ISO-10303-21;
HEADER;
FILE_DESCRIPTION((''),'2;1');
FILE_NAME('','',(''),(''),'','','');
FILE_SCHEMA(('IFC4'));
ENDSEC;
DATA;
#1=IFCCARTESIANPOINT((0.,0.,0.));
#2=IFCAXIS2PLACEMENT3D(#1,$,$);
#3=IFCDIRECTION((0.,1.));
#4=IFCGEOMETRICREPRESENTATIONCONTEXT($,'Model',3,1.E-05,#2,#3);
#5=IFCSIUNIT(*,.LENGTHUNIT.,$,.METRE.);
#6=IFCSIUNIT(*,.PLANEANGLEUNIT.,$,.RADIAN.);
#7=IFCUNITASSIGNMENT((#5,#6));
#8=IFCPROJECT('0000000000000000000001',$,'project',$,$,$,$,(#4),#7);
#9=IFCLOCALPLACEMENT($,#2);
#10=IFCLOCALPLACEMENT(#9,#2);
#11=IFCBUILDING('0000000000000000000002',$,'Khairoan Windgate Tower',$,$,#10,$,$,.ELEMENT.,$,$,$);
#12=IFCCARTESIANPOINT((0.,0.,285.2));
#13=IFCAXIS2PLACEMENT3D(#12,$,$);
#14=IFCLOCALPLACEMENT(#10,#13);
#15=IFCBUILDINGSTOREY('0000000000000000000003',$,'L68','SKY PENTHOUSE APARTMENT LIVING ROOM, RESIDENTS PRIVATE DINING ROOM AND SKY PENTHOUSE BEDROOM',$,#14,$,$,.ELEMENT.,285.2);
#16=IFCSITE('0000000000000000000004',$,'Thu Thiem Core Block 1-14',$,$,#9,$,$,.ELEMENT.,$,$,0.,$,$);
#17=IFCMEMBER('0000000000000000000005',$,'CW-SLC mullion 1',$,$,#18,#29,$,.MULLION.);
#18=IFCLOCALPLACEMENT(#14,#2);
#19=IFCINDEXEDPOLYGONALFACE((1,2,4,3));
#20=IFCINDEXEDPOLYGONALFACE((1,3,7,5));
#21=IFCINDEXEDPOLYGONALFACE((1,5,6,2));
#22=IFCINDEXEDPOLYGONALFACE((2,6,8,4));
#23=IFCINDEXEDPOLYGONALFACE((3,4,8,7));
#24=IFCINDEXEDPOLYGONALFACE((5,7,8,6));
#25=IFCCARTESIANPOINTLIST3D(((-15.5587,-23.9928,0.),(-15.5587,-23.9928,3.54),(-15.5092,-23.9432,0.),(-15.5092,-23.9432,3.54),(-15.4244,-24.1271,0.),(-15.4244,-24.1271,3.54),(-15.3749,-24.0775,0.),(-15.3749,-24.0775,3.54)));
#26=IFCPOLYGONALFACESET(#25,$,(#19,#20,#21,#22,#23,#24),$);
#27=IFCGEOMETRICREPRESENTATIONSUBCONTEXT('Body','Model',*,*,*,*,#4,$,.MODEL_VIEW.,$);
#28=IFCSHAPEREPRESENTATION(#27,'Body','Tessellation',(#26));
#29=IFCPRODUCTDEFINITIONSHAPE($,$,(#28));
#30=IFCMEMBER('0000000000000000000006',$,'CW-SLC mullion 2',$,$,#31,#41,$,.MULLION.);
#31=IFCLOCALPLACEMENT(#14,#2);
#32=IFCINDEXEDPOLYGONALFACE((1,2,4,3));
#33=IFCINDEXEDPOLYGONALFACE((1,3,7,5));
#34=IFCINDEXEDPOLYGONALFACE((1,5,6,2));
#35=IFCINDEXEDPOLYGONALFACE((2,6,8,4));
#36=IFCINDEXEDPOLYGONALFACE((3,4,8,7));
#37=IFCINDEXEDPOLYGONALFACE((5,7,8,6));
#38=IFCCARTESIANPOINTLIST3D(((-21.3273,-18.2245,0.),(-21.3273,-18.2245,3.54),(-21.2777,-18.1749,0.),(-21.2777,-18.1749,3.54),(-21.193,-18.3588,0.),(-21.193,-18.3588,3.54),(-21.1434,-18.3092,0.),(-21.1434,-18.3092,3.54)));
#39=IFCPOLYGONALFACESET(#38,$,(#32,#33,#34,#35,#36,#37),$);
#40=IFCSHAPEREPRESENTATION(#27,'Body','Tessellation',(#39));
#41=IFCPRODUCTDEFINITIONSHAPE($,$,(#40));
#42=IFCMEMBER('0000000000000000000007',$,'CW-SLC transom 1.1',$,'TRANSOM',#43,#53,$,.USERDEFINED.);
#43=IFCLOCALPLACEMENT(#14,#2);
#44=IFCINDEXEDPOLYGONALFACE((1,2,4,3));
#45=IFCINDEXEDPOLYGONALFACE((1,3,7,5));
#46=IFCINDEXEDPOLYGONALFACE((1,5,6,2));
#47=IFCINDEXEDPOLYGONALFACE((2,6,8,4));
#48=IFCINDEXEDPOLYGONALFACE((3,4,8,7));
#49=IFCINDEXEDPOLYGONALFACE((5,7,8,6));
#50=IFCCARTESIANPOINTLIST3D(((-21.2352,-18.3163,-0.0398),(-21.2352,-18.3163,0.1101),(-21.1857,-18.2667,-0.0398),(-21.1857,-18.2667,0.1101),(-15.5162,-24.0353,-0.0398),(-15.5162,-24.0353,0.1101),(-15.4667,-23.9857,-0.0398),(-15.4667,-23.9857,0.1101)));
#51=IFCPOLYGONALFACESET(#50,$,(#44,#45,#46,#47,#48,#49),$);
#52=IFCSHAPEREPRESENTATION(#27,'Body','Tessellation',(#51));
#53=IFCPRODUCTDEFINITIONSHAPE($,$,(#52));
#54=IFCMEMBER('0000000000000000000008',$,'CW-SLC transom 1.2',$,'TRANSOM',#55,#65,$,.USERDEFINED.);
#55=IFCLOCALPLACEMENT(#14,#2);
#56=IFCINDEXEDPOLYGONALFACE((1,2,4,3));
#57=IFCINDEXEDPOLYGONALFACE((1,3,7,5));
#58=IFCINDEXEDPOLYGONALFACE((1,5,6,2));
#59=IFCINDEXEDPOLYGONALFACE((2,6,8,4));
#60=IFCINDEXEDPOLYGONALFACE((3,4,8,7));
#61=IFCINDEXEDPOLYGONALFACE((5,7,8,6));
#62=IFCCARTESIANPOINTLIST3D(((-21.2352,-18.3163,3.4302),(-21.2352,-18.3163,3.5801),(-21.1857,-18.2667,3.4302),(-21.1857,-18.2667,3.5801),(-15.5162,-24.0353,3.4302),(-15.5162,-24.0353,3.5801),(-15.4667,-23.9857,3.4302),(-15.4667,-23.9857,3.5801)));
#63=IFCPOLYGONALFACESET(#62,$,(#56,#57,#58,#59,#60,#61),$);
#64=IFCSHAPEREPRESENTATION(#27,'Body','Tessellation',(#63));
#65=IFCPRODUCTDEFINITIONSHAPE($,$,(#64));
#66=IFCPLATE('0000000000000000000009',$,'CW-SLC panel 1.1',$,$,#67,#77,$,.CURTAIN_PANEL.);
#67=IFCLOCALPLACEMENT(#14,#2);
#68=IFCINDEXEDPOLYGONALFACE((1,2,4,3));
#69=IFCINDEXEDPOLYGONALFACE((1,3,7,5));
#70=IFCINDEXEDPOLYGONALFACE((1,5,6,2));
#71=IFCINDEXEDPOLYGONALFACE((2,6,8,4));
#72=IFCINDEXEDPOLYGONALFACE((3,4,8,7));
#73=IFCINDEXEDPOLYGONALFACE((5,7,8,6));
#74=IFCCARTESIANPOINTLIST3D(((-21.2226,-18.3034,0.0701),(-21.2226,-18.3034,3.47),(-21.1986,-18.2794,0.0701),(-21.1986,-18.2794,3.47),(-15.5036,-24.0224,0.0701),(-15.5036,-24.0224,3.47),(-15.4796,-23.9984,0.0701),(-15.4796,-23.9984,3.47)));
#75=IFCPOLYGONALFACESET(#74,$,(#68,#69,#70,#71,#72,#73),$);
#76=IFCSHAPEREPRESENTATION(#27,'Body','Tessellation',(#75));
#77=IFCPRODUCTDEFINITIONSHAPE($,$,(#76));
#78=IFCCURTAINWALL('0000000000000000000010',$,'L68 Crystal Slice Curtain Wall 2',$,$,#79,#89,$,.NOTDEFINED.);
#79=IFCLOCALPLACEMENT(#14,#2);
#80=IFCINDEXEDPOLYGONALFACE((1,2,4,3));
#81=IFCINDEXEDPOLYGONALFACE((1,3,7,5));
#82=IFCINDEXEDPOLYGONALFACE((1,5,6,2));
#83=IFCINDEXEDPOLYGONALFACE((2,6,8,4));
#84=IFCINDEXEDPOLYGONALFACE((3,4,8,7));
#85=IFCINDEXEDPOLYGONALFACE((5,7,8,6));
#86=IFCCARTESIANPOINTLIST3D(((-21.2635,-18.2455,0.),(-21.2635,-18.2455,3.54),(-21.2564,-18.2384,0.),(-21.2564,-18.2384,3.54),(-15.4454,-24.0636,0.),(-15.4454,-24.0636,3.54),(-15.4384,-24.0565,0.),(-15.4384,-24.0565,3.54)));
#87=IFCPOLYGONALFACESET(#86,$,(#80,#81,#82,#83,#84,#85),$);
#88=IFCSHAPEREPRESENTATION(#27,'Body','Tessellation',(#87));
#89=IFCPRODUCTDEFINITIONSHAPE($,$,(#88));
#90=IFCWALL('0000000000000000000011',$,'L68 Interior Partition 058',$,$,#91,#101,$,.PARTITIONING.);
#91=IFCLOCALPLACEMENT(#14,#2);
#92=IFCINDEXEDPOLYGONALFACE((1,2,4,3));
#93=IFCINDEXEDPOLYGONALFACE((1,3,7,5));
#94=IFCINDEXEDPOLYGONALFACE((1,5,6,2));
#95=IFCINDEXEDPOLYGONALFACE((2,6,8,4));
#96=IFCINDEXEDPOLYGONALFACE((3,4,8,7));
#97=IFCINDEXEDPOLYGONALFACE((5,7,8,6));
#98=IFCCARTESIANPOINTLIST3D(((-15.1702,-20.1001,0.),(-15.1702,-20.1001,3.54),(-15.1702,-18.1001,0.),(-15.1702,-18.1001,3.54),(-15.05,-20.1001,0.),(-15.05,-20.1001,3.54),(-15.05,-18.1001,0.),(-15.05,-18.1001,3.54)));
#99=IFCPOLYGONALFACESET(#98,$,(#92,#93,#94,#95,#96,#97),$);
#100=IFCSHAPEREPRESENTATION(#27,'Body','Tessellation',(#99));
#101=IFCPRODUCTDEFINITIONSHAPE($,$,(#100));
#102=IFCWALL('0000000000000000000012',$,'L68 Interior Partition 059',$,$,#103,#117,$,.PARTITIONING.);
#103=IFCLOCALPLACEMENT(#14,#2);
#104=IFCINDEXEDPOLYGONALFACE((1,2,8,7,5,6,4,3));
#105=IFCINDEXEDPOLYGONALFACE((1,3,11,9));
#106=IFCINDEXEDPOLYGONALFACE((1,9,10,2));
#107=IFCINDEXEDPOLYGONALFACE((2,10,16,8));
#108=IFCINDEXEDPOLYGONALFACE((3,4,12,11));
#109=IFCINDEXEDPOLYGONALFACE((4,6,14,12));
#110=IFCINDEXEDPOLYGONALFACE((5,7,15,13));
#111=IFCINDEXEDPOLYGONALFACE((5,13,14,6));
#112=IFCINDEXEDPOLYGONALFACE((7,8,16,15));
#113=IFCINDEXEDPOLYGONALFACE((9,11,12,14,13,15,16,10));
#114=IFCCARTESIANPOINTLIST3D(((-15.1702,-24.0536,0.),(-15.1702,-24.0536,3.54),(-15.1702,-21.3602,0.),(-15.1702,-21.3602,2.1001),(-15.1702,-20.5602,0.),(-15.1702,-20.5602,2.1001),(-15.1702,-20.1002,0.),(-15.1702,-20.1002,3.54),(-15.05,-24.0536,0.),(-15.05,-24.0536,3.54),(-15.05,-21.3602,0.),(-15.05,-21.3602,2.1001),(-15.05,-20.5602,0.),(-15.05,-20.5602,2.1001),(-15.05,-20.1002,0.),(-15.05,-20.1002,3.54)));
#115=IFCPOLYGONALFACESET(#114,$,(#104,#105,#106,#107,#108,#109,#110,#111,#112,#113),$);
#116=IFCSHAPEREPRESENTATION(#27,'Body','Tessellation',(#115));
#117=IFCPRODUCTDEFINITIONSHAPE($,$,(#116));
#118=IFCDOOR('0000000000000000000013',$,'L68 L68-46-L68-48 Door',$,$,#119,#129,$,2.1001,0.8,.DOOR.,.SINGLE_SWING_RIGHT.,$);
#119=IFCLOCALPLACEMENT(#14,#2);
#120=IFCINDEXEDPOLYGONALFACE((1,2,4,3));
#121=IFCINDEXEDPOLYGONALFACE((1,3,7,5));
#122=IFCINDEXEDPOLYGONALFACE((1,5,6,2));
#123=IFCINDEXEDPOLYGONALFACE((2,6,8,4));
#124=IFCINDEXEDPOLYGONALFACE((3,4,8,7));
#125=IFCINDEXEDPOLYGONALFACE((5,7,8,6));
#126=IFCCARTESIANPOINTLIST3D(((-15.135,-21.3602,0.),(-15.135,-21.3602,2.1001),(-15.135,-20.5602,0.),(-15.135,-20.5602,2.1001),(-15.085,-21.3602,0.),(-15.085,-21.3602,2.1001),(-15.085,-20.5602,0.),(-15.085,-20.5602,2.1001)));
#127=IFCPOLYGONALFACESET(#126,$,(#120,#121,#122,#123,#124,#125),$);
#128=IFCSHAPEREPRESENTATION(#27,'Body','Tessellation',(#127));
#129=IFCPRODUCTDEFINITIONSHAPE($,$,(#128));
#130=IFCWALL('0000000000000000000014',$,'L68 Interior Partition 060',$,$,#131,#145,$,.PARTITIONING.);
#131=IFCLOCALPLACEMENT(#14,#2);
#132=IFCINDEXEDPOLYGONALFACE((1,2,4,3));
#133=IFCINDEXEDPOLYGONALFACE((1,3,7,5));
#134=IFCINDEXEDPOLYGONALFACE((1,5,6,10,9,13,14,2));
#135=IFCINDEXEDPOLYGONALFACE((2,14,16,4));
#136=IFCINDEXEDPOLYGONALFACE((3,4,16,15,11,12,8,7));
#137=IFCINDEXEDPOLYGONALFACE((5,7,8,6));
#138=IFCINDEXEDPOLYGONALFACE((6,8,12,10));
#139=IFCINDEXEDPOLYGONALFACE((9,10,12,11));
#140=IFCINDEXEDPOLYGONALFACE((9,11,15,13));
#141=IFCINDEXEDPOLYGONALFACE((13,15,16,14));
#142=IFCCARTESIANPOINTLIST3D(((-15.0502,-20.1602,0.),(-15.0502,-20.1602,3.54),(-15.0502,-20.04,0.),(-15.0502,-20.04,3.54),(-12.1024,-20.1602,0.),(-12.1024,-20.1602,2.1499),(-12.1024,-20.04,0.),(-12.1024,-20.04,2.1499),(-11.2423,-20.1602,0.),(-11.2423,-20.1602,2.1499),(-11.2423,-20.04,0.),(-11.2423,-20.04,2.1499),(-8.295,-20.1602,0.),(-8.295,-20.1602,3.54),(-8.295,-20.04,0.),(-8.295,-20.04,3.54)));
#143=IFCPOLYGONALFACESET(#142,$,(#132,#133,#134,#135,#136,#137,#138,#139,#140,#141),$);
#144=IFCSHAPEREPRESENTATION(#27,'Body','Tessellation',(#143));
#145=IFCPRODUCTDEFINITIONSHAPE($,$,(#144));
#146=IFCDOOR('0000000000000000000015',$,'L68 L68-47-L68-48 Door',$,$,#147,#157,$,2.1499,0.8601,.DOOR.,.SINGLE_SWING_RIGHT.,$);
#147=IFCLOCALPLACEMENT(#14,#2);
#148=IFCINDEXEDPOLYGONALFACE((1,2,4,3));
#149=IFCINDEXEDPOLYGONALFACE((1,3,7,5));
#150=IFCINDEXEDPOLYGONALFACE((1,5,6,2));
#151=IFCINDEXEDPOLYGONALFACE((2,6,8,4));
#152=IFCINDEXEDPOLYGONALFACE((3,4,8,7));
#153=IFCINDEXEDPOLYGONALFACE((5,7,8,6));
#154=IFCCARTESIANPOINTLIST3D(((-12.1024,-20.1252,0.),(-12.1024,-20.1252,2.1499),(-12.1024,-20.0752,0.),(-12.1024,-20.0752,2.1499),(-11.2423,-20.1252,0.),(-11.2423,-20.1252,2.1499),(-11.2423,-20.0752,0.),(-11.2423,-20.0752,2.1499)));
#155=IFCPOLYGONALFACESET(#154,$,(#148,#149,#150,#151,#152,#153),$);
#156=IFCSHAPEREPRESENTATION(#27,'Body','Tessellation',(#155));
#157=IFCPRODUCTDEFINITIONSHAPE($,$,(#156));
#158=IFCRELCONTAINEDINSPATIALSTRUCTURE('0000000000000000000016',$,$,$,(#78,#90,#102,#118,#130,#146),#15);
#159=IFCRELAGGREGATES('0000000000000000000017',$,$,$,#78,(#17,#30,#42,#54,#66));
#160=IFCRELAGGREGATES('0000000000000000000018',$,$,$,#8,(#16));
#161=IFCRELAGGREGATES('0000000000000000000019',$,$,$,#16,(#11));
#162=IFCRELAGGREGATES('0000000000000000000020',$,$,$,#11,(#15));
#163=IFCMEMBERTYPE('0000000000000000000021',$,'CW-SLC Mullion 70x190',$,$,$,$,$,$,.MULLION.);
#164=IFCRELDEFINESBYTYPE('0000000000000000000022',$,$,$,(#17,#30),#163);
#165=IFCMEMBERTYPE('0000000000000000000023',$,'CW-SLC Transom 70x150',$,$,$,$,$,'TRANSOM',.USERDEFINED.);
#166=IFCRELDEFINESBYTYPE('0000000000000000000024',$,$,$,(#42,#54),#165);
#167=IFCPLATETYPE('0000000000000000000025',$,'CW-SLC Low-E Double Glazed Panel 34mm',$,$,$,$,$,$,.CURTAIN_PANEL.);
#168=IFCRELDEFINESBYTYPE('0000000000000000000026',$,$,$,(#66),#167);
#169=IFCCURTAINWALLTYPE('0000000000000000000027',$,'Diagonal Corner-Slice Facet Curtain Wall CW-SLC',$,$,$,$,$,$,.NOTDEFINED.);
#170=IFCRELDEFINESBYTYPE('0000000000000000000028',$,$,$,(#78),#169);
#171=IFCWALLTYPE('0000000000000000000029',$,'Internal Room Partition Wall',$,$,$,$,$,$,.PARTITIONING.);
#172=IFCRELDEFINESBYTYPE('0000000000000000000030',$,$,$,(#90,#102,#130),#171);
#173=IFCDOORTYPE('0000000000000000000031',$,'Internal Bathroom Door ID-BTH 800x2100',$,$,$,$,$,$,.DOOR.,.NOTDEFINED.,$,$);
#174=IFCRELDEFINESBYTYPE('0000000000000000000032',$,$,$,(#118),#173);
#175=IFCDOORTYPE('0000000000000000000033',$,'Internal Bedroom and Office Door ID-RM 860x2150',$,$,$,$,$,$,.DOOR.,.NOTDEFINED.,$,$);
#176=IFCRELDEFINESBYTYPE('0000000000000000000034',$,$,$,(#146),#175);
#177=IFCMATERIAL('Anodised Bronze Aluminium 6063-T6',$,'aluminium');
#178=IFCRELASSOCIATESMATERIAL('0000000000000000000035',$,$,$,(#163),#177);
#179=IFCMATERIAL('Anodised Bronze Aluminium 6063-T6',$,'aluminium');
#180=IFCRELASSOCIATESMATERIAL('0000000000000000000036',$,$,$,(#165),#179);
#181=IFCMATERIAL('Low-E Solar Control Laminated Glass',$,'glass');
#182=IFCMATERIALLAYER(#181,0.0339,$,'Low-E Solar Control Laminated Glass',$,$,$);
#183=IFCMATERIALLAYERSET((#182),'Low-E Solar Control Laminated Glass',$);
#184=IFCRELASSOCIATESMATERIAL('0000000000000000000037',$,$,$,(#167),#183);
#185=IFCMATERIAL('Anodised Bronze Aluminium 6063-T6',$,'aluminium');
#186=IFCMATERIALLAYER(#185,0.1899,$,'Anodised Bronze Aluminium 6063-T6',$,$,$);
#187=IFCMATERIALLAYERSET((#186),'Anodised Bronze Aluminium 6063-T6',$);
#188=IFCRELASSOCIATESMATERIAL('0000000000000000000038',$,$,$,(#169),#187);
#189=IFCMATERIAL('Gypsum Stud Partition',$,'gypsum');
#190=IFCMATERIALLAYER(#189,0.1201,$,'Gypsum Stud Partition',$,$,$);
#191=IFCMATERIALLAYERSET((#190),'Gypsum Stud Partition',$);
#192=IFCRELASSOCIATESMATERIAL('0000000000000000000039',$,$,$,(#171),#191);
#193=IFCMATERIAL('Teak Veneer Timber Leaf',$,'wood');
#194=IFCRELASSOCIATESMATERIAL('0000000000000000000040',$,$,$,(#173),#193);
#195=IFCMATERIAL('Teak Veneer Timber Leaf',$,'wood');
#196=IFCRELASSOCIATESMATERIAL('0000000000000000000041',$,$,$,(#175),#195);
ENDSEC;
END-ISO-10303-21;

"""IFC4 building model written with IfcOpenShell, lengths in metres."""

from ifc_helpers import new_model, si_unit, direction, frame, frame_2d, origin, origin_2d, place, context, subcontext, project, spatial, rectangle, extrude, material, layer, layer_set, material_profile, profile_set, type_object, element, fill, aggregate, save


model = new_model("IFC4")

# Units and contexts
model_context = context("Model", 3, precision=1e-05, world=origin(), true_north=direction((0.0, 1.0)))
body_context = subcontext(model_context, "Body", "Model", "MODEL_VIEW")
ifc_project = project(units=[si_unit("LENGTHUNIT", "METRE"), si_unit("PLANEANGLEUNIT", "RADIAN")], contexts=[model_context])

# Site, building, storey
site_placement = place(None, origin())
site = spatial("IfcSite", under=ifc_project, at=site_placement, Name="Thu Thiem Core Block 1-14", CompositionType="ELEMENT", RefElevation=0.0)
building_placement = place(site_placement, origin())
building = spatial("IfcBuilding", under=site, at=building_placement, Name="Khairoan Windgate Tower", CompositionType="ELEMENT")
storey_placement = place(building_placement, frame((0.0, 0.0, 285.2)))
storey = spatial("IfcBuildingStorey", under=building, at=storey_placement, Name="L68", Description="SKY PENTHOUSE APARTMENT LIVING ROOM, RESIDENTS PRIVATE DINING ROOM AND SKY PENTHOUSE BEDROOM", CompositionType="ELEMENT", Elevation=285.2)

# Members
ifc_material_1 = material(Name="Anodised Bronze Aluminium 6063-T6", Category="aluminium")
ifc_material_profile_1 = material_profile(ifc_material_1, rectangle(XDim=0.0701, YDim=0.1899, at=origin_2d()))
ifc_profile_set_1 = profile_set([ifc_material_profile_1], Name="Anodised Bronze Aluminium 6063-T6")
member_type_1 = type_object("IfcMemberType", Name="CW-SLC Mullion 70x190", PredefinedType="MULLION", material=ifc_profile_set_1)
member_1_placement = place(storey_placement, frame((-15.4668, -24.0352, 0.0), z_axis=(0.0, 0.0, 1.0), x_axis=(-0.707107, -0.707107, 0.0)))
member_1 = element("IfcMember", 1, at=member_1_placement, type_object=member_type_1, Name="CW-SLC mullion 1", PredefinedType="MULLION", context=body_context, shape_type="SweptSolid", body=[
    extrude(rectangle(XDim=0.0701, YDim=0.1899, at=origin_2d()), origin(), (0.0, 0.0, 1.0), 3.54),
])
member_2_placement = place(storey_placement, frame((-21.2354, -18.2668, 0.0), z_axis=(0.0, 0.0, 1.0), x_axis=(-0.707107, -0.707107, 0.0)))
member_2 = element("IfcMember", 2, at=member_2_placement, type_object=member_type_1, Name="CW-SLC mullion 2", PredefinedType="MULLION", context=body_context, shape_type="SweptSolid", body=[
    extrude(rectangle(XDim=0.0701, YDim=0.1899, at=origin_2d()), origin(), (0.0, 0.0, 1.0), 3.54),
])
ifc_material_2 = material(Name="Anodised Bronze Aluminium 6063-T6", Category="aluminium")
ifc_material_profile_2 = material_profile(ifc_material_2, rectangle(XDim=0.0701, YDim=0.1499, at=origin_2d()))
ifc_profile_set_2 = profile_set([ifc_material_profile_2], Name="Anodised Bronze Aluminium 6063-T6")
member_type_2 = type_object("IfcMemberType", Name="CW-SLC Transom 70x150", ElementType="TRANSOM", PredefinedType="USERDEFINED", material=ifc_profile_set_2)
member_3_placement = place(storey_placement, frame((-15.4915, -24.0105, 0.0352), z_axis=(-0.707107, 0.707107, 0.0), x_axis=(-0.707107, -0.707107, 0.0)))
member_3 = element("IfcMember", 3, at=member_3_placement, type_object=member_type_2, Name="CW-SLC transom 1.1", ObjectType="TRANSOM", PredefinedType="USERDEFINED", context=body_context, shape_type="SweptSolid", body=[
    extrude(rectangle(XDim=0.0701, YDim=0.1499, at=origin_2d()), origin(), (0.0, 0.0, 1.0), 8.0879),
])
member_4_placement = place(storey_placement, frame((-15.4915, -24.0105, 3.5051), z_axis=(-0.707107, 0.707107, 0.0), x_axis=(-0.707107, -0.707107, 0.0)))
member_4 = element("IfcMember", 4, at=member_4_placement, type_object=member_type_2, Name="CW-SLC transom 1.2", ObjectType="TRANSOM", PredefinedType="USERDEFINED", context=body_context, shape_type="SweptSolid", body=[
    extrude(rectangle(XDim=0.0701, YDim=0.1499, at=origin_2d()), origin(), (0.0, 0.0, 1.0), 8.0879),
])

# Plate
ifc_material_3 = material(Name="Low-E Solar Control Laminated Glass", Category="glass")
ifc_layer_1 = layer(ifc_material_3, 0.0339, Name="Low-E Solar Control Laminated Glass")
ifc_layer_set_1 = layer_set([ifc_layer_1], Name="Low-E Solar Control Laminated Glass")
plate_type = type_object("IfcPlateType", Name="CW-SLC Low-E Double Glazed Panel 34mm", PredefinedType="CURTAIN_PANEL", material=ifc_layer_set_1)
plate_placement = place(storey_placement, frame((-18.3511, -21.1509, 0.0701), z_axis=(0.0, 0.0, 1.0), x_axis=(-0.707107, 0.707107, 0.0)))
plate = element("IfcPlate", 5, at=plate_placement, type_object=plate_type, Name="CW-SLC panel 1.1", PredefinedType="CURTAIN_PANEL", context=body_context, shape_type="SweptSolid", body=[
    extrude(rectangle(XDim=8.0879, YDim=0.0339, at=origin_2d()), origin(), (0.0, 0.0, 1.0), 3.3999),
])

# Curtain wall
ifc_material_4 = material(Name="Anodised Bronze Aluminium 6063-T6", Category="aluminium")
ifc_layer_2 = layer(ifc_material_4, 0.1899, Name="Anodised Bronze Aluminium 6063-T6")
ifc_layer_set_2 = layer_set([ifc_layer_2], Name="Anodised Bronze Aluminium 6063-T6")
curtain_wall_type = type_object("IfcCurtainWallType", Name="Diagonal Corner-Slice Facet Curtain Wall CW-SLC", PredefinedType="NOTDEFINED", material=ifc_layer_set_2)
curtain_wall_placement = place(storey_placement, frame((-15.4419, -24.0601, 0.0), z_axis=(0.0, 0.0, 1.0), x_axis=(-0.707107, 0.707107, 0.0)))
curtain_wall = element("IfcCurtainWall", 6, at=curtain_wall_placement, inside=storey, type_object=curtain_wall_type, Name="L68 Crystal Slice Curtain Wall 2", PredefinedType="NOTDEFINED", context=body_context, shape_type="SweptSolid", body=[
    extrude(rectangle(XDim=8.228, YDim=0.01, at=frame_2d((4.114, 0.0))), origin(), (0.0, 0.0, 1.0), 3.54),
])
aggregate(curtain_wall, [member_1, member_2, member_3, member_4, plate])

# Wall
ifc_material_5 = material(Name="Gypsum Stud Partition", Category="gypsum")
ifc_layer_3 = layer(ifc_material_5, 0.1201, Name="Gypsum Stud Partition")
ifc_layer_set_3 = layer_set([ifc_layer_3], Name="Gypsum Stud Partition")
wall_type = type_object("IfcWallType", Name="Internal Room Partition Wall", PredefinedType="PARTITIONING", material=ifc_layer_set_3)
wall_1_placement = place(storey_placement, frame((-15.1101, -20.1001, 0.0), z_axis=(0.0, 0.0, 1.0), x_axis=(0.0, 1.0, 0.0)))
element("IfcWall", 7, at=wall_1_placement, inside=storey, type_object=wall_type, Name="L68 Interior Partition 058", PredefinedType="PARTITIONING", context=body_context, shape_type="SweptSolid", body=[
    extrude(rectangle(XDim=2.0, YDim=0.1201, at=frame_2d((1.0, 0.0))), origin(), (0.0, 0.0, 1.0), 3.54),
])

# Walls, openings, doors
wall_2_placement = place(storey_placement, frame((-15.1101, -24.0535, 0.0), z_axis=(0.0, 0.0, 1.0), x_axis=(0.0, 1.0, 0.0)))
wall_2 = element("IfcWall", 8, at=wall_2_placement, inside=storey, type_object=wall_type, Name="L68 Interior Partition 059", PredefinedType="PARTITIONING", context=body_context, shape_type="SweptSolid", body=[
    extrude(rectangle(XDim=3.9534, YDim=0.1201, at=frame_2d((1.9766, 0.0))), origin(), (0.0, 0.0, 1.0), 3.54),
])
opening_1_placement = place(wall_2_placement, frame((2.6934, 0.0, 0.0)))
opening_1 = element("IfcOpeningElement", 9, at=opening_1_placement, cuts=wall_2, PredefinedType="OPENING", context=body_context, shape_type="SweptSolid", body=[
    extrude(rectangle(XDim=0.8, YDim=2.1001, at=frame_2d((0.3999, 1.05))), frame((0.0, 0.0701, 0.0), z_axis=(0.0, -1.0, 0.0), x_axis=(1.0, 0.0, 0.0)), (0.0, 0.0, 1.0), 0.1401),
])
ifc_material_6 = material(Name="Teak Veneer Timber Leaf", Category="wood")
door_type_1 = type_object("IfcDoorType", Name="Internal Bathroom Door ID-BTH 800x2100", OperationType="NOTDEFINED", PredefinedType="DOOR", material=ifc_material_6)
door_1_placement = place(opening_1_placement, origin())
door_1 = element("IfcDoor", 10, at=door_1_placement, inside=storey, type_object=door_type_1, Name="L68 L68-46-L68-48 Door", OperationType="SINGLE_SWING_RIGHT", OverallHeight=2.1001, OverallWidth=0.8, PredefinedType="DOOR", context=body_context, shape_type="SweptSolid", body=[
    extrude(rectangle(XDim=0.8, YDim=2.1001, at=frame_2d((0.3999, 1.05))), frame((0.0, 0.0249, 0.0), z_axis=(0.0, -1.0, 0.0), x_axis=(1.0, 0.0, 0.0)), (0.0, 0.0, 1.0), 0.05),
])
fill(opening_1, door_1)
wall_3_placement = place(storey_placement, frame((-15.05, -20.1001, 0.0), z_axis=(0.0, 0.0, 1.0), x_axis=(1.0, 0.0, 0.0)))
wall_3 = element("IfcWall", 11, at=wall_3_placement, inside=storey, type_object=wall_type, Name="L68 Interior Partition 060", PredefinedType="PARTITIONING", context=body_context, shape_type="SweptSolid", body=[
    extrude(rectangle(XDim=6.7551, YDim=0.1201, at=frame_2d((3.3774, 0.0))), origin(), (0.0, 0.0, 1.0), 3.54),
])
opening_2_placement = place(wall_3_placement, frame((2.9475, 0.0, 0.0)))
opening_2 = element("IfcOpeningElement", 12, at=opening_2_placement, cuts=wall_3, PredefinedType="OPENING", context=body_context, shape_type="SweptSolid", body=[
    extrude(rectangle(XDim=0.8601, YDim=2.1499, at=frame_2d((0.4302, 1.075))), frame((0.0, 0.0701, 0.0), z_axis=(0.0, -1.0, 0.0), x_axis=(1.0, 0.0, 0.0)), (0.0, 0.0, 1.0), 0.1401),
])
ifc_material_7 = material(Name="Teak Veneer Timber Leaf", Category="wood")
door_type_2 = type_object("IfcDoorType", Name="Internal Bedroom and Office Door ID-RM 860x2150", OperationType="NOTDEFINED", PredefinedType="DOOR", material=ifc_material_7)
door_2_placement = place(opening_2_placement, origin())
door_2 = element("IfcDoor", 13, at=door_2_placement, inside=storey, type_object=door_type_2, Name="L68 L68-47-L68-48 Door", OperationType="SINGLE_SWING_RIGHT", OverallHeight=2.1499, OverallWidth=0.8601, PredefinedType="DOOR", context=body_context, shape_type="SweptSolid", body=[
    extrude(rectangle(XDim=0.8601, YDim=2.1499, at=frame_2d((0.4302, 1.075))), frame((0.0, 0.0249, 0.0), z_axis=(0.0, -1.0, 0.0), x_axis=(1.0, 0.0, 0.0)), (0.0, 0.0, 1.0), 0.05),
])
fill(opening_2, door_2)

save(model, "model.ifc")
